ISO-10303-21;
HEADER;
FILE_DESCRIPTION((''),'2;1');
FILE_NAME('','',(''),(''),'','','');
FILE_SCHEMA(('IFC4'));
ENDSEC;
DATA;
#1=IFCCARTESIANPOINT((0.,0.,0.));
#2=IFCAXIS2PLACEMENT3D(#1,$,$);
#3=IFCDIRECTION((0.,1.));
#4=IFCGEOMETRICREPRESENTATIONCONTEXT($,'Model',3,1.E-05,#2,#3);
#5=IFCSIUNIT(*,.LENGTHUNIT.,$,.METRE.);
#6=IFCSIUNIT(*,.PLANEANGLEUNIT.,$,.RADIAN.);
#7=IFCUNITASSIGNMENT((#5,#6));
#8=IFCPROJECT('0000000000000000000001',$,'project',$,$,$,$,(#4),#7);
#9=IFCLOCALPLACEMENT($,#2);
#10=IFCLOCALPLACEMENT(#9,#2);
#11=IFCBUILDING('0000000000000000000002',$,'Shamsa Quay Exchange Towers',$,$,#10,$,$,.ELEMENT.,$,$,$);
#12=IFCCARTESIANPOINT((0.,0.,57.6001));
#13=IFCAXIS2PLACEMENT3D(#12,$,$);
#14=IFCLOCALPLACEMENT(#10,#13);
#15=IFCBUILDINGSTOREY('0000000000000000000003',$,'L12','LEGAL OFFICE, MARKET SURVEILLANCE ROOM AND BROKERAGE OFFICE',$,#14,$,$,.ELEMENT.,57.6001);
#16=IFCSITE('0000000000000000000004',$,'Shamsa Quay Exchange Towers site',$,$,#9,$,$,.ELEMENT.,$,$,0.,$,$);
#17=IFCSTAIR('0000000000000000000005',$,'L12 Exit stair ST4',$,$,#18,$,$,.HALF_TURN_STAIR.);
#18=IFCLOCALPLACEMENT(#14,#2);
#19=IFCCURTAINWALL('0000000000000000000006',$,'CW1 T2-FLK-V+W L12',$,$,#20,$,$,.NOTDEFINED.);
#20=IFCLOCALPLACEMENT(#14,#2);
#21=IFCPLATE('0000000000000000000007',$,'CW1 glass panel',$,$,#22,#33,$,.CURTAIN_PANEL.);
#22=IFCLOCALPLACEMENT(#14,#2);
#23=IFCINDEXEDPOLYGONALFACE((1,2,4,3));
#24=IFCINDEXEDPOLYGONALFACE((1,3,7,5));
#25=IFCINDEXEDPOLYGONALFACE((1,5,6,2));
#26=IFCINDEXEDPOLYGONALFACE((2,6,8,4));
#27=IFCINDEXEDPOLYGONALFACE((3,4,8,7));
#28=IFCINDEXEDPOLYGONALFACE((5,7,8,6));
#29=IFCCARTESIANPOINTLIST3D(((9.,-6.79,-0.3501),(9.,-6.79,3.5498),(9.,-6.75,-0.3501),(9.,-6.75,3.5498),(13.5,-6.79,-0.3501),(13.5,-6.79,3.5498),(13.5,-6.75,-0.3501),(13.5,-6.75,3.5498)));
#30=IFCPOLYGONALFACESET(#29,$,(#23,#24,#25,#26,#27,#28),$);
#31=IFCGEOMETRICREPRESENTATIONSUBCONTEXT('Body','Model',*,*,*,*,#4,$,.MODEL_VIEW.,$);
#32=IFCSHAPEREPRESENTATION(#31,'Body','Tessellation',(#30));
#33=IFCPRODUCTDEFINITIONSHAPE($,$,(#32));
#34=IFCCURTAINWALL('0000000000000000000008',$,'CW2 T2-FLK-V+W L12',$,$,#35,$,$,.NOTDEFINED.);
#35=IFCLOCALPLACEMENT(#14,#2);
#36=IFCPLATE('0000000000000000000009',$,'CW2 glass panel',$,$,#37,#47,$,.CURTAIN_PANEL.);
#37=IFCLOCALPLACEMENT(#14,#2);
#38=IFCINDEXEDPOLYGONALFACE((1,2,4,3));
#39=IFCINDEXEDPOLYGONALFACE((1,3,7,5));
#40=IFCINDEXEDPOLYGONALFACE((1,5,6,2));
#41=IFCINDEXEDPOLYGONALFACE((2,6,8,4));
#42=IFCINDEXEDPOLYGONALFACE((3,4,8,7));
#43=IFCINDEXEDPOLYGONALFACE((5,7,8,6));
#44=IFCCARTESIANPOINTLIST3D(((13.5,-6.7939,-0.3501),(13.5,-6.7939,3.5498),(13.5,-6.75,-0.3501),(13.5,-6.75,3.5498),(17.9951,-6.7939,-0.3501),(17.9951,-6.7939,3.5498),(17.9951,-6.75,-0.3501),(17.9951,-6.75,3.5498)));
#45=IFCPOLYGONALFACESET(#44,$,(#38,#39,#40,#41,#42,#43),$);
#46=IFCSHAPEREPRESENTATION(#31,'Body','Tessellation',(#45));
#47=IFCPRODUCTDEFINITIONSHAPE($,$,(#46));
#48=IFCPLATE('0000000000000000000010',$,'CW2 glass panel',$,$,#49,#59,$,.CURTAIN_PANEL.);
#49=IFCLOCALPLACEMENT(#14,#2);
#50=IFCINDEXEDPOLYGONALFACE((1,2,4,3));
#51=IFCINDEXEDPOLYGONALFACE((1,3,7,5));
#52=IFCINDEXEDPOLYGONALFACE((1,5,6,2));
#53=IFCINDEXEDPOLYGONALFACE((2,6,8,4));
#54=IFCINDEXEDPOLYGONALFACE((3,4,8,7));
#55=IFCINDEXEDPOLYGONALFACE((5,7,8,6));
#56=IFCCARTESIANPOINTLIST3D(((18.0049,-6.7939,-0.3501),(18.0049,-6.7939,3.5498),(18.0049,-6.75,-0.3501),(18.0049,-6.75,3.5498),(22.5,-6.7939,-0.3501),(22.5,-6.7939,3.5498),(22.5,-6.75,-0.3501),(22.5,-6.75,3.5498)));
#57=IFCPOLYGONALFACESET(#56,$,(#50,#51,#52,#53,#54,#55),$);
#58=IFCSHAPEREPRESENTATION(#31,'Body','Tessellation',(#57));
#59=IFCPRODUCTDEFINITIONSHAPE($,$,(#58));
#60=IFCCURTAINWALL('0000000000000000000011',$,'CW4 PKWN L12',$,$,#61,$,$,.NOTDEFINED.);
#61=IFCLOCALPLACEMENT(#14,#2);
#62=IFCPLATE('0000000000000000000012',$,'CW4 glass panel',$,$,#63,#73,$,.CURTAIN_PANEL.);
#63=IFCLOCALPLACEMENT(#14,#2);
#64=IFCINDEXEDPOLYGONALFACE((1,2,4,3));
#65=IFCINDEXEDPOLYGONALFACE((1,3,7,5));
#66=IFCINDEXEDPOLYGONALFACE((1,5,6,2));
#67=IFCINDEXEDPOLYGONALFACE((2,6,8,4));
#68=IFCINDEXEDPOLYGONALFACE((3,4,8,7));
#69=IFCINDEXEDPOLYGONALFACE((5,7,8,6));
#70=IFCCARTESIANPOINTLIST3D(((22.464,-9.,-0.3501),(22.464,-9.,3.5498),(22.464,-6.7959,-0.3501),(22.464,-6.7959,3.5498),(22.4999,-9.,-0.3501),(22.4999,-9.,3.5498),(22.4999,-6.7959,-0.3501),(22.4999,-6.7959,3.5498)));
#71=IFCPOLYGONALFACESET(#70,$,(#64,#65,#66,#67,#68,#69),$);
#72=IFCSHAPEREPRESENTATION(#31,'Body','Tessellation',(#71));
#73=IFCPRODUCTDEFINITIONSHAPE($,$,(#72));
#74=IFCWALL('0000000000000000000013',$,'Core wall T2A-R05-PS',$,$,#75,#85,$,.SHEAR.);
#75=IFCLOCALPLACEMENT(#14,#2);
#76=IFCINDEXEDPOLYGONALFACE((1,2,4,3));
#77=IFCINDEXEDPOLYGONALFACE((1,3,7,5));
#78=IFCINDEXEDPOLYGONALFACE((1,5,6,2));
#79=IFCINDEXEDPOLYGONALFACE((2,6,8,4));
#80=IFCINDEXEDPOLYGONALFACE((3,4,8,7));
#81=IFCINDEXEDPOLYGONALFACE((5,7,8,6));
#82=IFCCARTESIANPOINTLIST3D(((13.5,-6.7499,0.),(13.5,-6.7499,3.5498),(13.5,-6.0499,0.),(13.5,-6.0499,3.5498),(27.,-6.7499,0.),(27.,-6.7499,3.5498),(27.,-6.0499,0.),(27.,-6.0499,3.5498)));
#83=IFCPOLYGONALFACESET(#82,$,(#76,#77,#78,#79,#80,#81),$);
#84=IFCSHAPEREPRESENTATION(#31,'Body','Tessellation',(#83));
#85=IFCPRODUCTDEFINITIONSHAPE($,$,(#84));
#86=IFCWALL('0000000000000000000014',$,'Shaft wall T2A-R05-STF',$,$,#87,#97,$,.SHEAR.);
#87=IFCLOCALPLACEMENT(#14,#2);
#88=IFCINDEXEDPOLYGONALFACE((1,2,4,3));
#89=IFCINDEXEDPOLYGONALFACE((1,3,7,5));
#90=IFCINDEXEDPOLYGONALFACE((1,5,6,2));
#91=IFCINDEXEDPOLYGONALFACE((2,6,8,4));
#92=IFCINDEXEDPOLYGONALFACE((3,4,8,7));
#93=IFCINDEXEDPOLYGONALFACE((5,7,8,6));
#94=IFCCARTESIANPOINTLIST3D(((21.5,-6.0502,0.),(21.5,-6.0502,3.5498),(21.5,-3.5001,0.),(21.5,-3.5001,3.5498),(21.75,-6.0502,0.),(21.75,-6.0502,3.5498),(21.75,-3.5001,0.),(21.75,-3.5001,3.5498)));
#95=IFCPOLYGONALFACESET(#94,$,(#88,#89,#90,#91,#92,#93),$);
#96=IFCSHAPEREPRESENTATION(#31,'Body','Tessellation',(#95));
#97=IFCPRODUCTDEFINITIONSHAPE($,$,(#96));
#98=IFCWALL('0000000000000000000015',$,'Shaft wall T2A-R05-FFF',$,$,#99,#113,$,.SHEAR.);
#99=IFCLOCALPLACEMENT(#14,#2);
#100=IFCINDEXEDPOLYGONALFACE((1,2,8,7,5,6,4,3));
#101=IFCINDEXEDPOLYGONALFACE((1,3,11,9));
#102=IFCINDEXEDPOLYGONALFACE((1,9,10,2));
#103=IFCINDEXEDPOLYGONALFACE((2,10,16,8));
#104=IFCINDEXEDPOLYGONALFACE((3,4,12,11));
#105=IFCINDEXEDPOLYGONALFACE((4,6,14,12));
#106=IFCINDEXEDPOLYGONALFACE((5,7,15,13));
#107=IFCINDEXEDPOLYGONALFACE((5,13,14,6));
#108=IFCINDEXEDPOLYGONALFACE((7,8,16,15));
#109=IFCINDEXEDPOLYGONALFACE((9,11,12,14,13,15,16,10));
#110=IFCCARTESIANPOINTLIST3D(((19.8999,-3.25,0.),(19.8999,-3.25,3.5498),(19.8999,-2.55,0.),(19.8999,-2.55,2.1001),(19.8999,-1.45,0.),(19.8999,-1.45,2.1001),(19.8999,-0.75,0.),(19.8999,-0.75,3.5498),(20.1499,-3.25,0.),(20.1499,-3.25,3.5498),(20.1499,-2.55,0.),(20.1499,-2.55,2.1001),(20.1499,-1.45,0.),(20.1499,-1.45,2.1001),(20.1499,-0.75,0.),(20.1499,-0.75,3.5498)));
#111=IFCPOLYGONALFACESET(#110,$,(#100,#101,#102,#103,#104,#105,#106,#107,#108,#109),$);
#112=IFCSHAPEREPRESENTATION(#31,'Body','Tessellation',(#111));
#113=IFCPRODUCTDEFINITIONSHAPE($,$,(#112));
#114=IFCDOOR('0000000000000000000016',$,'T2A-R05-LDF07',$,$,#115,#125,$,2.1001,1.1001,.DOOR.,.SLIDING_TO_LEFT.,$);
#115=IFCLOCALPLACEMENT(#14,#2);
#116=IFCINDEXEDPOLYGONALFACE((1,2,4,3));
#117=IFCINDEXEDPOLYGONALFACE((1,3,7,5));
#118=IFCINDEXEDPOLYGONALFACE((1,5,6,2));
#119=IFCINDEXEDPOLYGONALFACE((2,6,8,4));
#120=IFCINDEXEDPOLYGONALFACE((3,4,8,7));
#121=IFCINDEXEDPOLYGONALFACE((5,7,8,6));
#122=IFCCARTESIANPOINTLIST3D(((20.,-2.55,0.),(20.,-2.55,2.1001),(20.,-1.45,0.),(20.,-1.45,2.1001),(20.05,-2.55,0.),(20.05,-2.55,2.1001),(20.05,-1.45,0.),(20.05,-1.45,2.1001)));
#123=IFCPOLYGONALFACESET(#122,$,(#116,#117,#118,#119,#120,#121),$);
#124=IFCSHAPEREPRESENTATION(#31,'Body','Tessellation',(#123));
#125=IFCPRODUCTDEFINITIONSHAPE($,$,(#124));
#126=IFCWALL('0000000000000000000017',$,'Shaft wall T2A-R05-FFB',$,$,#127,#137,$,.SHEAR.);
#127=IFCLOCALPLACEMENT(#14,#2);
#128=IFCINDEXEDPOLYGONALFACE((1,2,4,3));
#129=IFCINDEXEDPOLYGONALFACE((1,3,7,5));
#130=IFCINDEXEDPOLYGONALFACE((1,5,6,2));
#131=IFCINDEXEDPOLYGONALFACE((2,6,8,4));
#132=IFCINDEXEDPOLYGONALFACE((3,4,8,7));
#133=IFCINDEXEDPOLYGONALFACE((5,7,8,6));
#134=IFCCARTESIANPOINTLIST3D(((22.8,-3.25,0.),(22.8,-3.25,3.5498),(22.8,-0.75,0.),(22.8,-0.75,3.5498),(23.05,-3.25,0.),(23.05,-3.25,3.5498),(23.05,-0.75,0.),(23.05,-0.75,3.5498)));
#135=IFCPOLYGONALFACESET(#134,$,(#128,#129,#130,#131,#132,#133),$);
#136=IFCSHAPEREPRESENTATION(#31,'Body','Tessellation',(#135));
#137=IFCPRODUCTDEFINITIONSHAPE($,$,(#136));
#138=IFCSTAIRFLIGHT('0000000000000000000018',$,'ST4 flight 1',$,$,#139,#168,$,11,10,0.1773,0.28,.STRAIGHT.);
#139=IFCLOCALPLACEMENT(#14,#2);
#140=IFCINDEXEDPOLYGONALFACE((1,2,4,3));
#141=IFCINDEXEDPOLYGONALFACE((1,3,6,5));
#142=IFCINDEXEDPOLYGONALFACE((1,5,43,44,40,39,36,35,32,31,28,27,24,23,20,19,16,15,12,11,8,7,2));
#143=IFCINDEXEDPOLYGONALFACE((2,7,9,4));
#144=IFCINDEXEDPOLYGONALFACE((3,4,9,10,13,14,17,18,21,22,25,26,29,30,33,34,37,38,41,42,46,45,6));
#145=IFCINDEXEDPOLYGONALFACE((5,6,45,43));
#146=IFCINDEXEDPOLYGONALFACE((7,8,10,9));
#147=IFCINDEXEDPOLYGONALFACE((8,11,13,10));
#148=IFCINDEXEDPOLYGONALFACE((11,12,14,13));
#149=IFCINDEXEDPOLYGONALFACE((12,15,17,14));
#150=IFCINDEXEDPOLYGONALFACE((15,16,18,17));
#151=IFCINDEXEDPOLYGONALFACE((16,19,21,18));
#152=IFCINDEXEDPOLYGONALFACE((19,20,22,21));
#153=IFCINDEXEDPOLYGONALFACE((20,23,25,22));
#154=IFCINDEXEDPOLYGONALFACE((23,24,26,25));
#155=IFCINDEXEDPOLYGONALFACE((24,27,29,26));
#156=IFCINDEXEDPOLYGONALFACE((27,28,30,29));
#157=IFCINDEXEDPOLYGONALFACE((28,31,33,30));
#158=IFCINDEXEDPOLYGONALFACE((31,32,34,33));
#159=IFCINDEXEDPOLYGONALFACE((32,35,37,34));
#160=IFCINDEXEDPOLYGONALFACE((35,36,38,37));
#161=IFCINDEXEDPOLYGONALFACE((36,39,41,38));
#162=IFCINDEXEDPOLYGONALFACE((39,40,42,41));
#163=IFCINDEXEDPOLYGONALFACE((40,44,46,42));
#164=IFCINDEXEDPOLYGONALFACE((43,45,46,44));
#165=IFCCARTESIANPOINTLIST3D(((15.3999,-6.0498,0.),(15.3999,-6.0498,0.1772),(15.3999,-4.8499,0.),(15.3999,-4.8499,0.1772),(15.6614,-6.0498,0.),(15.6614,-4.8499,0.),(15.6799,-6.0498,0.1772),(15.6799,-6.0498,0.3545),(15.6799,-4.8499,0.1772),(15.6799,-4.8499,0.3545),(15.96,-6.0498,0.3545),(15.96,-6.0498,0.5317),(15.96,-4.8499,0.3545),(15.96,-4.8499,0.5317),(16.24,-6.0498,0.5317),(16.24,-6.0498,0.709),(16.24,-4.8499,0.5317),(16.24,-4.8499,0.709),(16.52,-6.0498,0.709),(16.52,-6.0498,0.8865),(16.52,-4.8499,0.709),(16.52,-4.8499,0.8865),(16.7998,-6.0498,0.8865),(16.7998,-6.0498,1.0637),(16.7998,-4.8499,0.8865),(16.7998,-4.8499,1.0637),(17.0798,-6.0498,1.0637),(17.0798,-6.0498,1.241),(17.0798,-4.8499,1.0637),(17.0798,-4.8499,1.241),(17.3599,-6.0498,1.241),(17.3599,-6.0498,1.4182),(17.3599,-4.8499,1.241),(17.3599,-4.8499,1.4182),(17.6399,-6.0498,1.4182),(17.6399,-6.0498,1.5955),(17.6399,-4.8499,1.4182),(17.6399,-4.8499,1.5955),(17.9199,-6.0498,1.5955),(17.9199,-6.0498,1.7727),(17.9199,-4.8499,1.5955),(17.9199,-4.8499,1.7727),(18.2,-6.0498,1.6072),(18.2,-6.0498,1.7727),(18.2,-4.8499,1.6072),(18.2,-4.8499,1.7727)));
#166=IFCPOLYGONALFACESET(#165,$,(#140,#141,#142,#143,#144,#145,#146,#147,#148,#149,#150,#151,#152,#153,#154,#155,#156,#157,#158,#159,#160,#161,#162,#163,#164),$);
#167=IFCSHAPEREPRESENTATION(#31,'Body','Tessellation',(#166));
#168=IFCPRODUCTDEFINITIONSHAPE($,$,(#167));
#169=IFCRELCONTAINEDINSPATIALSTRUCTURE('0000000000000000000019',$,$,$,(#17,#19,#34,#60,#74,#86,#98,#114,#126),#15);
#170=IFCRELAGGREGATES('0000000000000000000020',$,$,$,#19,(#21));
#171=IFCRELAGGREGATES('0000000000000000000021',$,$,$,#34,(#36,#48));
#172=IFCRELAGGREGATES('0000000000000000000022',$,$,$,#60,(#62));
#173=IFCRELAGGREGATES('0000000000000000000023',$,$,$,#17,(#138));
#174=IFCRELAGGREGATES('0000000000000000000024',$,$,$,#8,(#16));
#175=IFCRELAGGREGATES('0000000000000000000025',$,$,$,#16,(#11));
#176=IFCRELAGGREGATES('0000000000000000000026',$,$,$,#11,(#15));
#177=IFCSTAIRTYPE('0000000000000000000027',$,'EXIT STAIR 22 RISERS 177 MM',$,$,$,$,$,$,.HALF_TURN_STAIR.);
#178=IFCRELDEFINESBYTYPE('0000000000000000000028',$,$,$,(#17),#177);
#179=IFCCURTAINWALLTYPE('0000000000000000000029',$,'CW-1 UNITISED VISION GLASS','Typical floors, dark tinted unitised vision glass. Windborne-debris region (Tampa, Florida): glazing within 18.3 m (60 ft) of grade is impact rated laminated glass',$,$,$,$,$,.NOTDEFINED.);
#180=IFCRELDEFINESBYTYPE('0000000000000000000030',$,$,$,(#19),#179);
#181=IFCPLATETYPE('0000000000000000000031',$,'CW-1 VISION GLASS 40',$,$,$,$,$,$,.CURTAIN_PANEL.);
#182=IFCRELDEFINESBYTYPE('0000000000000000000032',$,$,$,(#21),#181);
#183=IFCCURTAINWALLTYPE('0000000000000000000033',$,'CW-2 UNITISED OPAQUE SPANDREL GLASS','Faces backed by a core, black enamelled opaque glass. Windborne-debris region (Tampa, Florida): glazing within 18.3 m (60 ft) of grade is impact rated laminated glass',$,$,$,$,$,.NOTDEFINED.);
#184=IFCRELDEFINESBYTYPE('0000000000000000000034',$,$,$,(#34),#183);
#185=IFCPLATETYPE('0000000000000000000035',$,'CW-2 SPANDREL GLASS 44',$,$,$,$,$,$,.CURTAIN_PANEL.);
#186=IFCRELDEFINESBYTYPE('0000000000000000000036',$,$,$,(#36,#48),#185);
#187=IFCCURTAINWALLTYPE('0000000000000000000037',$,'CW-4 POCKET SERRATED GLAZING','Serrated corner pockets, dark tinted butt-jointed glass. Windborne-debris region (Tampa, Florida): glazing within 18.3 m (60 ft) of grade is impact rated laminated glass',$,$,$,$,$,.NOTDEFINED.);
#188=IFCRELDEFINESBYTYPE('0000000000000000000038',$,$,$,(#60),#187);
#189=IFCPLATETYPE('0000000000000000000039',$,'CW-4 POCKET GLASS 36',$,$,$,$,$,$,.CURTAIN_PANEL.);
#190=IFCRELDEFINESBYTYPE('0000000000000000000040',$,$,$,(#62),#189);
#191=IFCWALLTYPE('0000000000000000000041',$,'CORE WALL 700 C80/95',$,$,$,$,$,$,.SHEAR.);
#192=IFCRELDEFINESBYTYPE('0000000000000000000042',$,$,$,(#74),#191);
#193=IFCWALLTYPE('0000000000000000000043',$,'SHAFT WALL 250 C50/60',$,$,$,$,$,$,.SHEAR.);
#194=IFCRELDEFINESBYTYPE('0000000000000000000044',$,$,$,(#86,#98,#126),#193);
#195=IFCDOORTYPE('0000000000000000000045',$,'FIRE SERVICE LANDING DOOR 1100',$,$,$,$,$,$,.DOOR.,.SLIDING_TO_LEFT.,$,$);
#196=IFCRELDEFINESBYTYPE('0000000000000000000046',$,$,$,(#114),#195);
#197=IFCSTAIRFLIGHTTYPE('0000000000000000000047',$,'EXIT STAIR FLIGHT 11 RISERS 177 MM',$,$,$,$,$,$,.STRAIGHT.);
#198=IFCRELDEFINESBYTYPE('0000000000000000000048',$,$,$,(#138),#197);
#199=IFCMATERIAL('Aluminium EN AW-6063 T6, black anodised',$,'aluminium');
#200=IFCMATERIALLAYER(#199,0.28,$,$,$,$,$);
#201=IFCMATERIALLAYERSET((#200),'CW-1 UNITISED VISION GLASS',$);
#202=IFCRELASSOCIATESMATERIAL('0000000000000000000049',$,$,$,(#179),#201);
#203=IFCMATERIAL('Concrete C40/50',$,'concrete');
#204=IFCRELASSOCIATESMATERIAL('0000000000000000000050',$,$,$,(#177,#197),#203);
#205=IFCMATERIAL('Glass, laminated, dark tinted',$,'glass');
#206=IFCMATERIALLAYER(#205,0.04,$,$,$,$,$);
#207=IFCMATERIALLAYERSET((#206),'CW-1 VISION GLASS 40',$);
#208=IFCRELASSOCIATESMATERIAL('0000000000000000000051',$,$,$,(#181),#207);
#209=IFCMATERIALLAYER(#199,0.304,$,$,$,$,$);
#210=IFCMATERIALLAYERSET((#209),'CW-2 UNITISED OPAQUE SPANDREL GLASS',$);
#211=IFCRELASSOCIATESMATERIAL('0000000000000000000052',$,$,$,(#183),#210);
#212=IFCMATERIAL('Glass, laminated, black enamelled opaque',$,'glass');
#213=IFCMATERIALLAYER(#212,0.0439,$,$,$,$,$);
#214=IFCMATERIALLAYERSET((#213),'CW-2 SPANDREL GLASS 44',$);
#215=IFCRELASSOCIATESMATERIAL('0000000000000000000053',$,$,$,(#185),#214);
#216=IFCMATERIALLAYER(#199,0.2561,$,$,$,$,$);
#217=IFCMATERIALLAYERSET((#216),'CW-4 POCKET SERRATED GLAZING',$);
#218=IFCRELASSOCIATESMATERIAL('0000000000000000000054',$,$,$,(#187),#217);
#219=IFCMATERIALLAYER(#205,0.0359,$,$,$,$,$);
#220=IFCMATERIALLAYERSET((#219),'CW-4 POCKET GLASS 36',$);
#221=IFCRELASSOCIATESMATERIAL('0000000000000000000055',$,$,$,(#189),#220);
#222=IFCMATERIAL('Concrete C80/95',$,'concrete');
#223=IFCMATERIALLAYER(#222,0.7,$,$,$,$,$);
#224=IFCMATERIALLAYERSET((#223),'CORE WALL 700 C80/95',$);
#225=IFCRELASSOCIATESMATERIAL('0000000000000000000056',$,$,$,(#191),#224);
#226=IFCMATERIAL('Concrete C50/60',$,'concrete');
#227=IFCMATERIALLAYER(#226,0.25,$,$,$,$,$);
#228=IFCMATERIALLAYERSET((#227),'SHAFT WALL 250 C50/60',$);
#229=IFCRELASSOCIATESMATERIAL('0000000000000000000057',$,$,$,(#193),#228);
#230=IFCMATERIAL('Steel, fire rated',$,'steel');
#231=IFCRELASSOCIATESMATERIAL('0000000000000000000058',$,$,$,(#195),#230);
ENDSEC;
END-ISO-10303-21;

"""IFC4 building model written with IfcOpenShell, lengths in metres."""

from ifc_helpers import new_model, si_unit, direction, frame, frame_2d, origin, origin_2d, place, context, subcontext, project, spatial, polyline, rectangle, outline, extrude, material, layer, layer_set, type_object, element, fill, aggregate, save


model = new_model("IFC4")

# Units and contexts
model_context = context("Model", 3, precision=1e-05, world=origin(), true_north=direction((0.0, 1.0)))
body_context = subcontext(model_context, "Body", "Model", "MODEL_VIEW")
ifc_project = project(units=[si_unit("LENGTHUNIT", "METRE"), si_unit("PLANEANGLEUNIT", "RADIAN")], contexts=[model_context])

# Site, building, storey
site_placement = place(None, origin())
site = spatial("IfcSite", under=ifc_project, at=site_placement, Name="Shamsa Quay Exchange Towers site", CompositionType="ELEMENT", RefElevation=0.0)
building_placement = place(site_placement, origin())
building = spatial("IfcBuilding", under=site, at=building_placement, Name="Shamsa Quay Exchange Towers", CompositionType="ELEMENT")
storey_placement = place(building_placement, frame((0.0, 0.0, 57.6001)))
storey = spatial("IfcBuildingStorey", under=building, at=storey_placement, Name="L12", Description="LEGAL OFFICE, MARKET SURVEILLANCE ROOM AND BROKERAGE OFFICE", CompositionType="ELEMENT", Elevation=57.6001)

# Shared definitions
ifc_material_1 = material(Name="Aluminium EN AW-6063 T6, black anodised", Category="aluminium")
ifc_layer_1 = layer(ifc_material_1, 0.28)
ifc_layer_set_1 = layer_set([ifc_layer_1], Name="CW-1 UNITISED VISION GLASS")
curtain_wall_type_1 = type_object("IfcCurtainWallType", Name="CW-1 UNITISED VISION GLASS", Description="Typical floors, dark tinted unitised vision glass. Windborne-debris region (Tampa, Florida): glazing within 18.3 m (60 ft) of grade is impact rated laminated glass", PredefinedType="NOTDEFINED", material=ifc_layer_set_1)

# Shared definitions
ifc_material_2 = material(Name="Concrete C50/60", Category="concrete")

# Stair
ifc_material_3 = material(Name="Concrete C40/50", Category="concrete")
stair_type = type_object("IfcStairType", Name="EXIT STAIR 22 RISERS 177 MM", PredefinedType="HALF_TURN_STAIR", material=ifc_material_3)
stair_1_placement = place(storey_placement, origin())
stair_1 = element("IfcStair", 1, at=stair_1_placement, inside=storey, type_object=stair_type, Name="L12 Exit stair ST4", PredefinedType="HALF_TURN_STAIR")

# Shared definitions
ifc_material_4 = material(Name="Glass, laminated, dark tinted", Category="glass")
ifc_layer_2 = layer(ifc_material_4, 0.04)
ifc_layer_set_2 = layer_set([ifc_layer_2], Name="CW-1 VISION GLASS 40")
plate_type_1 = type_object("IfcPlateType", Name="CW-1 VISION GLASS 40", PredefinedType="CURTAIN_PANEL", material=ifc_layer_set_2)

# Curtain wall, plate
curtain_wall_1_placement = place(storey_placement, origin())
curtain_wall_1 = element("IfcCurtainWall", 2, at=curtain_wall_1_placement, inside=storey, type_object=curtain_wall_type_1, Name="CW1 T2-FLK-V+W L12", PredefinedType="NOTDEFINED")
plate_1_placement = place(storey_placement, frame((11.25, -6.77, -0.3501)))
plate_1 = element("IfcPlate", 3, at=plate_1_placement, type_object=plate_type_1, Name="CW1 glass panel", PredefinedType="CURTAIN_PANEL", context=body_context, shape_type="SweptSolid", body=[
    extrude(rectangle(XDim=4.5, YDim=0.04, at=origin_2d()), origin(), (0.0, 0.0, 1.0), 3.8999),
])
aggregate(curtain_wall_1, [plate_1])

# Curtain wall, plates
ifc_layer_3 = layer(ifc_material_1, 0.304)
ifc_layer_set_3 = layer_set([ifc_layer_3], Name="CW-2 UNITISED OPAQUE SPANDREL GLASS")
curtain_wall_type_2 = type_object("IfcCurtainWallType", Name="CW-2 UNITISED OPAQUE SPANDREL GLASS", Description="Faces backed by a core, black enamelled opaque glass. Windborne-debris region (Tampa, Florida): glazing within 18.3 m (60 ft) of grade is impact rated laminated glass", PredefinedType="NOTDEFINED", material=ifc_layer_set_3)
curtain_wall_2_placement = place(storey_placement, origin())
curtain_wall_2 = element("IfcCurtainWall", 4, at=curtain_wall_2_placement, inside=storey, type_object=curtain_wall_type_2, Name="CW2 T2-FLK-V+W L12", PredefinedType="NOTDEFINED")
ifc_material_5 = material(Name="Glass, laminated, black enamelled opaque", Category="glass")
ifc_layer_4 = layer(ifc_material_5, 0.0439)
ifc_layer_set_4 = layer_set([ifc_layer_4], Name="CW-2 SPANDREL GLASS 44")
plate_type_2 = type_object("IfcPlateType", Name="CW-2 SPANDREL GLASS 44", PredefinedType="CURTAIN_PANEL", material=ifc_layer_set_4)
plate_2_placement = place(storey_placement, frame((15.7476, -6.772, -0.3501)))
plate_2 = element("IfcPlate", 5, at=plate_2_placement, type_object=plate_type_2, Name="CW2 glass panel", PredefinedType="CURTAIN_PANEL", context=body_context, shape_type="SweptSolid", body=[
    extrude(rectangle(XDim=4.4951, YDim=0.0439, at=origin_2d()), origin(), (0.0, 0.0, 1.0), 3.8999),
])
plate_3_placement = place(storey_placement, frame((20.2524, -6.772, -0.3501)))
plate_3 = element("IfcPlate", 6, at=plate_3_placement, type_object=plate_type_2, Name="CW2 glass panel", PredefinedType="CURTAIN_PANEL", context=body_context, shape_type="SweptSolid", body=[
    extrude(rectangle(XDim=4.4951, YDim=0.0439, at=origin_2d()), origin(), (0.0, 0.0, 1.0), 3.8999),
])
aggregate(curtain_wall_2, [plate_2, plate_3])

# Curtain wall, plate
ifc_layer_5 = layer(ifc_material_1, 0.2561)
ifc_layer_set_5 = layer_set([ifc_layer_5], Name="CW-4 POCKET SERRATED GLAZING")
curtain_wall_type_3 = type_object("IfcCurtainWallType", Name="CW-4 POCKET SERRATED GLAZING", Description="Serrated corner pockets, dark tinted butt-jointed glass. Windborne-debris region (Tampa, Florida): glazing within 18.3 m (60 ft) of grade is impact rated laminated glass", PredefinedType="NOTDEFINED", material=ifc_layer_set_5)
curtain_wall_3_placement = place(storey_placement, origin())
curtain_wall_3 = element("IfcCurtainWall", 7, at=curtain_wall_3_placement, inside=storey, type_object=curtain_wall_type_3, Name="CW4 PKWN L12", PredefinedType="NOTDEFINED")
ifc_layer_6 = layer(ifc_material_4, 0.0359)
ifc_layer_set_6 = layer_set([ifc_layer_6], Name="CW-4 POCKET GLASS 36")
plate_type_3 = type_object("IfcPlateType", Name="CW-4 POCKET GLASS 36", PredefinedType="CURTAIN_PANEL", material=ifc_layer_set_6)
plate_4_placement = place(storey_placement, frame((22.4819, -7.8979, -0.3501), z_axis=(0.0, 0.0, 1.0), x_axis=(0.0, -1.0, 0.0)))
plate_4 = element("IfcPlate", 8, at=plate_4_placement, type_object=plate_type_3, Name="CW4 glass panel", PredefinedType="CURTAIN_PANEL", context=body_context, shape_type="SweptSolid", body=[
    extrude(rectangle(XDim=2.2041, YDim=0.0359, at=origin_2d()), origin(), (0.0, 0.0, 1.0), 3.8999),
])
aggregate(curtain_wall_3, [plate_4])

# Walls
ifc_material_6 = material(Name="Concrete C80/95", Category="concrete")
ifc_layer_7 = layer(ifc_material_6, 0.7)
ifc_layer_set_7 = layer_set([ifc_layer_7], Name="CORE WALL 700 C80/95")
wall_type_1 = type_object("IfcWallType", Name="CORE WALL 700 C80/95", PredefinedType="SHEAR", material=ifc_layer_set_7)
wall_1_placement = place(storey_placement, frame((13.5, -6.3999, 0.0)))
element("IfcWall", 9, at=wall_1_placement, inside=storey, type_object=wall_type_1, Name="Core wall T2A-R05-PS", PredefinedType="SHEAR", context=body_context, shape_type="SweptSolid", body=[
    extrude(rectangle(XDim=13.5, YDim=0.7, at=frame_2d((6.75, 0.0))), origin(), (0.0, 0.0, 1.0), 3.5498),
])
ifc_layer_8 = layer(ifc_material_2, 0.25)
ifc_layer_set_8 = layer_set([ifc_layer_8], Name="SHAFT WALL 250 C50/60")
wall_type_2 = type_object("IfcWallType", Name="SHAFT WALL 250 C50/60", PredefinedType="SHEAR", material=ifc_layer_set_8)
wall_2_placement = place(storey_placement, frame((21.625, -6.05, 0.0), z_axis=(0.0, 0.0, 1.0), x_axis=(0.0, 1.0, 0.0)))
element("IfcWall", 10, at=wall_2_placement, inside=storey, type_object=wall_type_2, Name="Shaft wall T2A-R05-STF", PredefinedType="SHEAR", context=body_context, shape_type="SweptSolid", body=[
    extrude(rectangle(XDim=2.55, YDim=0.25, at=frame_2d((1.2749, 0.0))), origin(), (0.0, 0.0, 1.0), 3.5498),
])

# Wall, opening, door
wall_3_placement = place(storey_placement, frame((20.0249, -3.25, 0.0), z_axis=(0.0, 0.0, 1.0), x_axis=(0.0, 1.0, 0.0)))
wall_3 = element("IfcWall", 11, at=wall_3_placement, inside=storey, type_object=wall_type_2, Name="Shaft wall T2A-R05-FFF", PredefinedType="SHEAR", context=body_context, shape_type="SweptSolid", body=[
    extrude(rectangle(XDim=2.5, YDim=0.25, at=frame_2d((1.25, 0.0))), origin(), (0.0, 0.0, 1.0), 3.5498),
])
opening_placement = place(wall_3_placement, frame((0.7, 0.0, 0.0)))
opening = element("IfcOpeningElement", 12, at=opening_placement, cuts=wall_3, PredefinedType="OPENING", context=body_context, shape_type="SweptSolid", body=[
    extrude(rectangle(XDim=1.1001, YDim=2.1001, at=frame_2d((0.55, 1.05))), frame((0.0, 0.135, 0.0), z_axis=(0.0, -1.0, 0.0), x_axis=(1.0, 0.0, 0.0)), (0.0, 0.0, 1.0), 0.27),
])
ifc_material_7 = material(Name="Steel, fire rated", Category="steel")
door_type = type_object("IfcDoorType", Name="FIRE SERVICE LANDING DOOR 1100", OperationType="SLIDING_TO_LEFT", PredefinedType="DOOR", material=ifc_material_7)
door_placement = place(opening_placement, origin())
door = element("IfcDoor", 13, at=door_placement, inside=storey, type_object=door_type, Name="T2A-R05-LDF07", OperationType="SLIDING_TO_LEFT", OverallHeight=2.1001, OverallWidth=1.1001, PredefinedType="DOOR", context=body_context, shape_type="SweptSolid", body=[
    extrude(rectangle(XDim=1.1001, YDim=2.1001, at=frame_2d((0.55, 1.05))), frame((0.0, 0.0249, 0.0), z_axis=(0.0, -1.0, 0.0), x_axis=(1.0, 0.0, 0.0)), (0.0, 0.0, 1.0), 0.05),
])
fill(opening, door)

# Wall
wall_4_placement = place(storey_placement, frame((22.925, -3.25, 0.0), z_axis=(0.0, 0.0, 1.0), x_axis=(0.0, 1.0, 0.0)))
element("IfcWall", 14, at=wall_4_placement, inside=storey, type_object=wall_type_2, Name="Shaft wall T2A-R05-FFB", PredefinedType="SHEAR", context=body_context, shape_type="SweptSolid", body=[
    extrude(rectangle(XDim=2.5, YDim=0.25, at=frame_2d((1.25, 0.0))), origin(), (0.0, 0.0, 1.0), 3.5498),
])

# Stair flight
stair_flight_type = type_object("IfcStairFlightType", Name="EXIT STAIR FLIGHT 11 RISERS 177 MM", PredefinedType="STRAIGHT", material=ifc_material_3)
stair_flight_1_placement = place(storey_placement, frame((15.3999, -5.45, 0.0)))
stair_flight_1 = element("IfcStairFlight", 15, at=stair_flight_1_placement, type_object=stair_flight_type, Name="ST4 flight 1", NumberOfRisers=11, NumberOfTreads=10, PredefinedType="STRAIGHT", RiserHeight=0.1773, TreadLength=0.28, context=body_context, shape_type="SweptSolid", body=[
    extrude(outline(polyline([(0.0, 0.0), (0.0, 0.1772), (0.28, 0.1772), (0.28, 0.3545), (0.5601, 0.3545), (0.5601, 0.5317), (0.8401, 0.5317), (0.8401, 0.709), (1.1201, 0.709), (1.1201, 0.8865), (1.3999, 0.8865), (1.3999, 1.0637), (1.6799, 1.0637), (1.6799, 1.241), (1.96, 1.241), (1.96, 1.4182), (2.24, 1.4182), (2.24, 1.5955), (2.52, 1.5955), (2.52, 1.7727), (2.8, 1.7727), (2.8, 1.95), (2.8, 1.6072), (0.2615, 0.0), (0.0, 0.0)])), frame((0.0, 0.6001, 0.0), z_axis=(0.0, -1.0, 0.0), x_axis=(1.0, 0.0, 0.0)), (0.0, 0.0, 1.0), 1.2),
])
aggregate(stair_1, [stair_flight_1])

save(model, "model.ifc")
